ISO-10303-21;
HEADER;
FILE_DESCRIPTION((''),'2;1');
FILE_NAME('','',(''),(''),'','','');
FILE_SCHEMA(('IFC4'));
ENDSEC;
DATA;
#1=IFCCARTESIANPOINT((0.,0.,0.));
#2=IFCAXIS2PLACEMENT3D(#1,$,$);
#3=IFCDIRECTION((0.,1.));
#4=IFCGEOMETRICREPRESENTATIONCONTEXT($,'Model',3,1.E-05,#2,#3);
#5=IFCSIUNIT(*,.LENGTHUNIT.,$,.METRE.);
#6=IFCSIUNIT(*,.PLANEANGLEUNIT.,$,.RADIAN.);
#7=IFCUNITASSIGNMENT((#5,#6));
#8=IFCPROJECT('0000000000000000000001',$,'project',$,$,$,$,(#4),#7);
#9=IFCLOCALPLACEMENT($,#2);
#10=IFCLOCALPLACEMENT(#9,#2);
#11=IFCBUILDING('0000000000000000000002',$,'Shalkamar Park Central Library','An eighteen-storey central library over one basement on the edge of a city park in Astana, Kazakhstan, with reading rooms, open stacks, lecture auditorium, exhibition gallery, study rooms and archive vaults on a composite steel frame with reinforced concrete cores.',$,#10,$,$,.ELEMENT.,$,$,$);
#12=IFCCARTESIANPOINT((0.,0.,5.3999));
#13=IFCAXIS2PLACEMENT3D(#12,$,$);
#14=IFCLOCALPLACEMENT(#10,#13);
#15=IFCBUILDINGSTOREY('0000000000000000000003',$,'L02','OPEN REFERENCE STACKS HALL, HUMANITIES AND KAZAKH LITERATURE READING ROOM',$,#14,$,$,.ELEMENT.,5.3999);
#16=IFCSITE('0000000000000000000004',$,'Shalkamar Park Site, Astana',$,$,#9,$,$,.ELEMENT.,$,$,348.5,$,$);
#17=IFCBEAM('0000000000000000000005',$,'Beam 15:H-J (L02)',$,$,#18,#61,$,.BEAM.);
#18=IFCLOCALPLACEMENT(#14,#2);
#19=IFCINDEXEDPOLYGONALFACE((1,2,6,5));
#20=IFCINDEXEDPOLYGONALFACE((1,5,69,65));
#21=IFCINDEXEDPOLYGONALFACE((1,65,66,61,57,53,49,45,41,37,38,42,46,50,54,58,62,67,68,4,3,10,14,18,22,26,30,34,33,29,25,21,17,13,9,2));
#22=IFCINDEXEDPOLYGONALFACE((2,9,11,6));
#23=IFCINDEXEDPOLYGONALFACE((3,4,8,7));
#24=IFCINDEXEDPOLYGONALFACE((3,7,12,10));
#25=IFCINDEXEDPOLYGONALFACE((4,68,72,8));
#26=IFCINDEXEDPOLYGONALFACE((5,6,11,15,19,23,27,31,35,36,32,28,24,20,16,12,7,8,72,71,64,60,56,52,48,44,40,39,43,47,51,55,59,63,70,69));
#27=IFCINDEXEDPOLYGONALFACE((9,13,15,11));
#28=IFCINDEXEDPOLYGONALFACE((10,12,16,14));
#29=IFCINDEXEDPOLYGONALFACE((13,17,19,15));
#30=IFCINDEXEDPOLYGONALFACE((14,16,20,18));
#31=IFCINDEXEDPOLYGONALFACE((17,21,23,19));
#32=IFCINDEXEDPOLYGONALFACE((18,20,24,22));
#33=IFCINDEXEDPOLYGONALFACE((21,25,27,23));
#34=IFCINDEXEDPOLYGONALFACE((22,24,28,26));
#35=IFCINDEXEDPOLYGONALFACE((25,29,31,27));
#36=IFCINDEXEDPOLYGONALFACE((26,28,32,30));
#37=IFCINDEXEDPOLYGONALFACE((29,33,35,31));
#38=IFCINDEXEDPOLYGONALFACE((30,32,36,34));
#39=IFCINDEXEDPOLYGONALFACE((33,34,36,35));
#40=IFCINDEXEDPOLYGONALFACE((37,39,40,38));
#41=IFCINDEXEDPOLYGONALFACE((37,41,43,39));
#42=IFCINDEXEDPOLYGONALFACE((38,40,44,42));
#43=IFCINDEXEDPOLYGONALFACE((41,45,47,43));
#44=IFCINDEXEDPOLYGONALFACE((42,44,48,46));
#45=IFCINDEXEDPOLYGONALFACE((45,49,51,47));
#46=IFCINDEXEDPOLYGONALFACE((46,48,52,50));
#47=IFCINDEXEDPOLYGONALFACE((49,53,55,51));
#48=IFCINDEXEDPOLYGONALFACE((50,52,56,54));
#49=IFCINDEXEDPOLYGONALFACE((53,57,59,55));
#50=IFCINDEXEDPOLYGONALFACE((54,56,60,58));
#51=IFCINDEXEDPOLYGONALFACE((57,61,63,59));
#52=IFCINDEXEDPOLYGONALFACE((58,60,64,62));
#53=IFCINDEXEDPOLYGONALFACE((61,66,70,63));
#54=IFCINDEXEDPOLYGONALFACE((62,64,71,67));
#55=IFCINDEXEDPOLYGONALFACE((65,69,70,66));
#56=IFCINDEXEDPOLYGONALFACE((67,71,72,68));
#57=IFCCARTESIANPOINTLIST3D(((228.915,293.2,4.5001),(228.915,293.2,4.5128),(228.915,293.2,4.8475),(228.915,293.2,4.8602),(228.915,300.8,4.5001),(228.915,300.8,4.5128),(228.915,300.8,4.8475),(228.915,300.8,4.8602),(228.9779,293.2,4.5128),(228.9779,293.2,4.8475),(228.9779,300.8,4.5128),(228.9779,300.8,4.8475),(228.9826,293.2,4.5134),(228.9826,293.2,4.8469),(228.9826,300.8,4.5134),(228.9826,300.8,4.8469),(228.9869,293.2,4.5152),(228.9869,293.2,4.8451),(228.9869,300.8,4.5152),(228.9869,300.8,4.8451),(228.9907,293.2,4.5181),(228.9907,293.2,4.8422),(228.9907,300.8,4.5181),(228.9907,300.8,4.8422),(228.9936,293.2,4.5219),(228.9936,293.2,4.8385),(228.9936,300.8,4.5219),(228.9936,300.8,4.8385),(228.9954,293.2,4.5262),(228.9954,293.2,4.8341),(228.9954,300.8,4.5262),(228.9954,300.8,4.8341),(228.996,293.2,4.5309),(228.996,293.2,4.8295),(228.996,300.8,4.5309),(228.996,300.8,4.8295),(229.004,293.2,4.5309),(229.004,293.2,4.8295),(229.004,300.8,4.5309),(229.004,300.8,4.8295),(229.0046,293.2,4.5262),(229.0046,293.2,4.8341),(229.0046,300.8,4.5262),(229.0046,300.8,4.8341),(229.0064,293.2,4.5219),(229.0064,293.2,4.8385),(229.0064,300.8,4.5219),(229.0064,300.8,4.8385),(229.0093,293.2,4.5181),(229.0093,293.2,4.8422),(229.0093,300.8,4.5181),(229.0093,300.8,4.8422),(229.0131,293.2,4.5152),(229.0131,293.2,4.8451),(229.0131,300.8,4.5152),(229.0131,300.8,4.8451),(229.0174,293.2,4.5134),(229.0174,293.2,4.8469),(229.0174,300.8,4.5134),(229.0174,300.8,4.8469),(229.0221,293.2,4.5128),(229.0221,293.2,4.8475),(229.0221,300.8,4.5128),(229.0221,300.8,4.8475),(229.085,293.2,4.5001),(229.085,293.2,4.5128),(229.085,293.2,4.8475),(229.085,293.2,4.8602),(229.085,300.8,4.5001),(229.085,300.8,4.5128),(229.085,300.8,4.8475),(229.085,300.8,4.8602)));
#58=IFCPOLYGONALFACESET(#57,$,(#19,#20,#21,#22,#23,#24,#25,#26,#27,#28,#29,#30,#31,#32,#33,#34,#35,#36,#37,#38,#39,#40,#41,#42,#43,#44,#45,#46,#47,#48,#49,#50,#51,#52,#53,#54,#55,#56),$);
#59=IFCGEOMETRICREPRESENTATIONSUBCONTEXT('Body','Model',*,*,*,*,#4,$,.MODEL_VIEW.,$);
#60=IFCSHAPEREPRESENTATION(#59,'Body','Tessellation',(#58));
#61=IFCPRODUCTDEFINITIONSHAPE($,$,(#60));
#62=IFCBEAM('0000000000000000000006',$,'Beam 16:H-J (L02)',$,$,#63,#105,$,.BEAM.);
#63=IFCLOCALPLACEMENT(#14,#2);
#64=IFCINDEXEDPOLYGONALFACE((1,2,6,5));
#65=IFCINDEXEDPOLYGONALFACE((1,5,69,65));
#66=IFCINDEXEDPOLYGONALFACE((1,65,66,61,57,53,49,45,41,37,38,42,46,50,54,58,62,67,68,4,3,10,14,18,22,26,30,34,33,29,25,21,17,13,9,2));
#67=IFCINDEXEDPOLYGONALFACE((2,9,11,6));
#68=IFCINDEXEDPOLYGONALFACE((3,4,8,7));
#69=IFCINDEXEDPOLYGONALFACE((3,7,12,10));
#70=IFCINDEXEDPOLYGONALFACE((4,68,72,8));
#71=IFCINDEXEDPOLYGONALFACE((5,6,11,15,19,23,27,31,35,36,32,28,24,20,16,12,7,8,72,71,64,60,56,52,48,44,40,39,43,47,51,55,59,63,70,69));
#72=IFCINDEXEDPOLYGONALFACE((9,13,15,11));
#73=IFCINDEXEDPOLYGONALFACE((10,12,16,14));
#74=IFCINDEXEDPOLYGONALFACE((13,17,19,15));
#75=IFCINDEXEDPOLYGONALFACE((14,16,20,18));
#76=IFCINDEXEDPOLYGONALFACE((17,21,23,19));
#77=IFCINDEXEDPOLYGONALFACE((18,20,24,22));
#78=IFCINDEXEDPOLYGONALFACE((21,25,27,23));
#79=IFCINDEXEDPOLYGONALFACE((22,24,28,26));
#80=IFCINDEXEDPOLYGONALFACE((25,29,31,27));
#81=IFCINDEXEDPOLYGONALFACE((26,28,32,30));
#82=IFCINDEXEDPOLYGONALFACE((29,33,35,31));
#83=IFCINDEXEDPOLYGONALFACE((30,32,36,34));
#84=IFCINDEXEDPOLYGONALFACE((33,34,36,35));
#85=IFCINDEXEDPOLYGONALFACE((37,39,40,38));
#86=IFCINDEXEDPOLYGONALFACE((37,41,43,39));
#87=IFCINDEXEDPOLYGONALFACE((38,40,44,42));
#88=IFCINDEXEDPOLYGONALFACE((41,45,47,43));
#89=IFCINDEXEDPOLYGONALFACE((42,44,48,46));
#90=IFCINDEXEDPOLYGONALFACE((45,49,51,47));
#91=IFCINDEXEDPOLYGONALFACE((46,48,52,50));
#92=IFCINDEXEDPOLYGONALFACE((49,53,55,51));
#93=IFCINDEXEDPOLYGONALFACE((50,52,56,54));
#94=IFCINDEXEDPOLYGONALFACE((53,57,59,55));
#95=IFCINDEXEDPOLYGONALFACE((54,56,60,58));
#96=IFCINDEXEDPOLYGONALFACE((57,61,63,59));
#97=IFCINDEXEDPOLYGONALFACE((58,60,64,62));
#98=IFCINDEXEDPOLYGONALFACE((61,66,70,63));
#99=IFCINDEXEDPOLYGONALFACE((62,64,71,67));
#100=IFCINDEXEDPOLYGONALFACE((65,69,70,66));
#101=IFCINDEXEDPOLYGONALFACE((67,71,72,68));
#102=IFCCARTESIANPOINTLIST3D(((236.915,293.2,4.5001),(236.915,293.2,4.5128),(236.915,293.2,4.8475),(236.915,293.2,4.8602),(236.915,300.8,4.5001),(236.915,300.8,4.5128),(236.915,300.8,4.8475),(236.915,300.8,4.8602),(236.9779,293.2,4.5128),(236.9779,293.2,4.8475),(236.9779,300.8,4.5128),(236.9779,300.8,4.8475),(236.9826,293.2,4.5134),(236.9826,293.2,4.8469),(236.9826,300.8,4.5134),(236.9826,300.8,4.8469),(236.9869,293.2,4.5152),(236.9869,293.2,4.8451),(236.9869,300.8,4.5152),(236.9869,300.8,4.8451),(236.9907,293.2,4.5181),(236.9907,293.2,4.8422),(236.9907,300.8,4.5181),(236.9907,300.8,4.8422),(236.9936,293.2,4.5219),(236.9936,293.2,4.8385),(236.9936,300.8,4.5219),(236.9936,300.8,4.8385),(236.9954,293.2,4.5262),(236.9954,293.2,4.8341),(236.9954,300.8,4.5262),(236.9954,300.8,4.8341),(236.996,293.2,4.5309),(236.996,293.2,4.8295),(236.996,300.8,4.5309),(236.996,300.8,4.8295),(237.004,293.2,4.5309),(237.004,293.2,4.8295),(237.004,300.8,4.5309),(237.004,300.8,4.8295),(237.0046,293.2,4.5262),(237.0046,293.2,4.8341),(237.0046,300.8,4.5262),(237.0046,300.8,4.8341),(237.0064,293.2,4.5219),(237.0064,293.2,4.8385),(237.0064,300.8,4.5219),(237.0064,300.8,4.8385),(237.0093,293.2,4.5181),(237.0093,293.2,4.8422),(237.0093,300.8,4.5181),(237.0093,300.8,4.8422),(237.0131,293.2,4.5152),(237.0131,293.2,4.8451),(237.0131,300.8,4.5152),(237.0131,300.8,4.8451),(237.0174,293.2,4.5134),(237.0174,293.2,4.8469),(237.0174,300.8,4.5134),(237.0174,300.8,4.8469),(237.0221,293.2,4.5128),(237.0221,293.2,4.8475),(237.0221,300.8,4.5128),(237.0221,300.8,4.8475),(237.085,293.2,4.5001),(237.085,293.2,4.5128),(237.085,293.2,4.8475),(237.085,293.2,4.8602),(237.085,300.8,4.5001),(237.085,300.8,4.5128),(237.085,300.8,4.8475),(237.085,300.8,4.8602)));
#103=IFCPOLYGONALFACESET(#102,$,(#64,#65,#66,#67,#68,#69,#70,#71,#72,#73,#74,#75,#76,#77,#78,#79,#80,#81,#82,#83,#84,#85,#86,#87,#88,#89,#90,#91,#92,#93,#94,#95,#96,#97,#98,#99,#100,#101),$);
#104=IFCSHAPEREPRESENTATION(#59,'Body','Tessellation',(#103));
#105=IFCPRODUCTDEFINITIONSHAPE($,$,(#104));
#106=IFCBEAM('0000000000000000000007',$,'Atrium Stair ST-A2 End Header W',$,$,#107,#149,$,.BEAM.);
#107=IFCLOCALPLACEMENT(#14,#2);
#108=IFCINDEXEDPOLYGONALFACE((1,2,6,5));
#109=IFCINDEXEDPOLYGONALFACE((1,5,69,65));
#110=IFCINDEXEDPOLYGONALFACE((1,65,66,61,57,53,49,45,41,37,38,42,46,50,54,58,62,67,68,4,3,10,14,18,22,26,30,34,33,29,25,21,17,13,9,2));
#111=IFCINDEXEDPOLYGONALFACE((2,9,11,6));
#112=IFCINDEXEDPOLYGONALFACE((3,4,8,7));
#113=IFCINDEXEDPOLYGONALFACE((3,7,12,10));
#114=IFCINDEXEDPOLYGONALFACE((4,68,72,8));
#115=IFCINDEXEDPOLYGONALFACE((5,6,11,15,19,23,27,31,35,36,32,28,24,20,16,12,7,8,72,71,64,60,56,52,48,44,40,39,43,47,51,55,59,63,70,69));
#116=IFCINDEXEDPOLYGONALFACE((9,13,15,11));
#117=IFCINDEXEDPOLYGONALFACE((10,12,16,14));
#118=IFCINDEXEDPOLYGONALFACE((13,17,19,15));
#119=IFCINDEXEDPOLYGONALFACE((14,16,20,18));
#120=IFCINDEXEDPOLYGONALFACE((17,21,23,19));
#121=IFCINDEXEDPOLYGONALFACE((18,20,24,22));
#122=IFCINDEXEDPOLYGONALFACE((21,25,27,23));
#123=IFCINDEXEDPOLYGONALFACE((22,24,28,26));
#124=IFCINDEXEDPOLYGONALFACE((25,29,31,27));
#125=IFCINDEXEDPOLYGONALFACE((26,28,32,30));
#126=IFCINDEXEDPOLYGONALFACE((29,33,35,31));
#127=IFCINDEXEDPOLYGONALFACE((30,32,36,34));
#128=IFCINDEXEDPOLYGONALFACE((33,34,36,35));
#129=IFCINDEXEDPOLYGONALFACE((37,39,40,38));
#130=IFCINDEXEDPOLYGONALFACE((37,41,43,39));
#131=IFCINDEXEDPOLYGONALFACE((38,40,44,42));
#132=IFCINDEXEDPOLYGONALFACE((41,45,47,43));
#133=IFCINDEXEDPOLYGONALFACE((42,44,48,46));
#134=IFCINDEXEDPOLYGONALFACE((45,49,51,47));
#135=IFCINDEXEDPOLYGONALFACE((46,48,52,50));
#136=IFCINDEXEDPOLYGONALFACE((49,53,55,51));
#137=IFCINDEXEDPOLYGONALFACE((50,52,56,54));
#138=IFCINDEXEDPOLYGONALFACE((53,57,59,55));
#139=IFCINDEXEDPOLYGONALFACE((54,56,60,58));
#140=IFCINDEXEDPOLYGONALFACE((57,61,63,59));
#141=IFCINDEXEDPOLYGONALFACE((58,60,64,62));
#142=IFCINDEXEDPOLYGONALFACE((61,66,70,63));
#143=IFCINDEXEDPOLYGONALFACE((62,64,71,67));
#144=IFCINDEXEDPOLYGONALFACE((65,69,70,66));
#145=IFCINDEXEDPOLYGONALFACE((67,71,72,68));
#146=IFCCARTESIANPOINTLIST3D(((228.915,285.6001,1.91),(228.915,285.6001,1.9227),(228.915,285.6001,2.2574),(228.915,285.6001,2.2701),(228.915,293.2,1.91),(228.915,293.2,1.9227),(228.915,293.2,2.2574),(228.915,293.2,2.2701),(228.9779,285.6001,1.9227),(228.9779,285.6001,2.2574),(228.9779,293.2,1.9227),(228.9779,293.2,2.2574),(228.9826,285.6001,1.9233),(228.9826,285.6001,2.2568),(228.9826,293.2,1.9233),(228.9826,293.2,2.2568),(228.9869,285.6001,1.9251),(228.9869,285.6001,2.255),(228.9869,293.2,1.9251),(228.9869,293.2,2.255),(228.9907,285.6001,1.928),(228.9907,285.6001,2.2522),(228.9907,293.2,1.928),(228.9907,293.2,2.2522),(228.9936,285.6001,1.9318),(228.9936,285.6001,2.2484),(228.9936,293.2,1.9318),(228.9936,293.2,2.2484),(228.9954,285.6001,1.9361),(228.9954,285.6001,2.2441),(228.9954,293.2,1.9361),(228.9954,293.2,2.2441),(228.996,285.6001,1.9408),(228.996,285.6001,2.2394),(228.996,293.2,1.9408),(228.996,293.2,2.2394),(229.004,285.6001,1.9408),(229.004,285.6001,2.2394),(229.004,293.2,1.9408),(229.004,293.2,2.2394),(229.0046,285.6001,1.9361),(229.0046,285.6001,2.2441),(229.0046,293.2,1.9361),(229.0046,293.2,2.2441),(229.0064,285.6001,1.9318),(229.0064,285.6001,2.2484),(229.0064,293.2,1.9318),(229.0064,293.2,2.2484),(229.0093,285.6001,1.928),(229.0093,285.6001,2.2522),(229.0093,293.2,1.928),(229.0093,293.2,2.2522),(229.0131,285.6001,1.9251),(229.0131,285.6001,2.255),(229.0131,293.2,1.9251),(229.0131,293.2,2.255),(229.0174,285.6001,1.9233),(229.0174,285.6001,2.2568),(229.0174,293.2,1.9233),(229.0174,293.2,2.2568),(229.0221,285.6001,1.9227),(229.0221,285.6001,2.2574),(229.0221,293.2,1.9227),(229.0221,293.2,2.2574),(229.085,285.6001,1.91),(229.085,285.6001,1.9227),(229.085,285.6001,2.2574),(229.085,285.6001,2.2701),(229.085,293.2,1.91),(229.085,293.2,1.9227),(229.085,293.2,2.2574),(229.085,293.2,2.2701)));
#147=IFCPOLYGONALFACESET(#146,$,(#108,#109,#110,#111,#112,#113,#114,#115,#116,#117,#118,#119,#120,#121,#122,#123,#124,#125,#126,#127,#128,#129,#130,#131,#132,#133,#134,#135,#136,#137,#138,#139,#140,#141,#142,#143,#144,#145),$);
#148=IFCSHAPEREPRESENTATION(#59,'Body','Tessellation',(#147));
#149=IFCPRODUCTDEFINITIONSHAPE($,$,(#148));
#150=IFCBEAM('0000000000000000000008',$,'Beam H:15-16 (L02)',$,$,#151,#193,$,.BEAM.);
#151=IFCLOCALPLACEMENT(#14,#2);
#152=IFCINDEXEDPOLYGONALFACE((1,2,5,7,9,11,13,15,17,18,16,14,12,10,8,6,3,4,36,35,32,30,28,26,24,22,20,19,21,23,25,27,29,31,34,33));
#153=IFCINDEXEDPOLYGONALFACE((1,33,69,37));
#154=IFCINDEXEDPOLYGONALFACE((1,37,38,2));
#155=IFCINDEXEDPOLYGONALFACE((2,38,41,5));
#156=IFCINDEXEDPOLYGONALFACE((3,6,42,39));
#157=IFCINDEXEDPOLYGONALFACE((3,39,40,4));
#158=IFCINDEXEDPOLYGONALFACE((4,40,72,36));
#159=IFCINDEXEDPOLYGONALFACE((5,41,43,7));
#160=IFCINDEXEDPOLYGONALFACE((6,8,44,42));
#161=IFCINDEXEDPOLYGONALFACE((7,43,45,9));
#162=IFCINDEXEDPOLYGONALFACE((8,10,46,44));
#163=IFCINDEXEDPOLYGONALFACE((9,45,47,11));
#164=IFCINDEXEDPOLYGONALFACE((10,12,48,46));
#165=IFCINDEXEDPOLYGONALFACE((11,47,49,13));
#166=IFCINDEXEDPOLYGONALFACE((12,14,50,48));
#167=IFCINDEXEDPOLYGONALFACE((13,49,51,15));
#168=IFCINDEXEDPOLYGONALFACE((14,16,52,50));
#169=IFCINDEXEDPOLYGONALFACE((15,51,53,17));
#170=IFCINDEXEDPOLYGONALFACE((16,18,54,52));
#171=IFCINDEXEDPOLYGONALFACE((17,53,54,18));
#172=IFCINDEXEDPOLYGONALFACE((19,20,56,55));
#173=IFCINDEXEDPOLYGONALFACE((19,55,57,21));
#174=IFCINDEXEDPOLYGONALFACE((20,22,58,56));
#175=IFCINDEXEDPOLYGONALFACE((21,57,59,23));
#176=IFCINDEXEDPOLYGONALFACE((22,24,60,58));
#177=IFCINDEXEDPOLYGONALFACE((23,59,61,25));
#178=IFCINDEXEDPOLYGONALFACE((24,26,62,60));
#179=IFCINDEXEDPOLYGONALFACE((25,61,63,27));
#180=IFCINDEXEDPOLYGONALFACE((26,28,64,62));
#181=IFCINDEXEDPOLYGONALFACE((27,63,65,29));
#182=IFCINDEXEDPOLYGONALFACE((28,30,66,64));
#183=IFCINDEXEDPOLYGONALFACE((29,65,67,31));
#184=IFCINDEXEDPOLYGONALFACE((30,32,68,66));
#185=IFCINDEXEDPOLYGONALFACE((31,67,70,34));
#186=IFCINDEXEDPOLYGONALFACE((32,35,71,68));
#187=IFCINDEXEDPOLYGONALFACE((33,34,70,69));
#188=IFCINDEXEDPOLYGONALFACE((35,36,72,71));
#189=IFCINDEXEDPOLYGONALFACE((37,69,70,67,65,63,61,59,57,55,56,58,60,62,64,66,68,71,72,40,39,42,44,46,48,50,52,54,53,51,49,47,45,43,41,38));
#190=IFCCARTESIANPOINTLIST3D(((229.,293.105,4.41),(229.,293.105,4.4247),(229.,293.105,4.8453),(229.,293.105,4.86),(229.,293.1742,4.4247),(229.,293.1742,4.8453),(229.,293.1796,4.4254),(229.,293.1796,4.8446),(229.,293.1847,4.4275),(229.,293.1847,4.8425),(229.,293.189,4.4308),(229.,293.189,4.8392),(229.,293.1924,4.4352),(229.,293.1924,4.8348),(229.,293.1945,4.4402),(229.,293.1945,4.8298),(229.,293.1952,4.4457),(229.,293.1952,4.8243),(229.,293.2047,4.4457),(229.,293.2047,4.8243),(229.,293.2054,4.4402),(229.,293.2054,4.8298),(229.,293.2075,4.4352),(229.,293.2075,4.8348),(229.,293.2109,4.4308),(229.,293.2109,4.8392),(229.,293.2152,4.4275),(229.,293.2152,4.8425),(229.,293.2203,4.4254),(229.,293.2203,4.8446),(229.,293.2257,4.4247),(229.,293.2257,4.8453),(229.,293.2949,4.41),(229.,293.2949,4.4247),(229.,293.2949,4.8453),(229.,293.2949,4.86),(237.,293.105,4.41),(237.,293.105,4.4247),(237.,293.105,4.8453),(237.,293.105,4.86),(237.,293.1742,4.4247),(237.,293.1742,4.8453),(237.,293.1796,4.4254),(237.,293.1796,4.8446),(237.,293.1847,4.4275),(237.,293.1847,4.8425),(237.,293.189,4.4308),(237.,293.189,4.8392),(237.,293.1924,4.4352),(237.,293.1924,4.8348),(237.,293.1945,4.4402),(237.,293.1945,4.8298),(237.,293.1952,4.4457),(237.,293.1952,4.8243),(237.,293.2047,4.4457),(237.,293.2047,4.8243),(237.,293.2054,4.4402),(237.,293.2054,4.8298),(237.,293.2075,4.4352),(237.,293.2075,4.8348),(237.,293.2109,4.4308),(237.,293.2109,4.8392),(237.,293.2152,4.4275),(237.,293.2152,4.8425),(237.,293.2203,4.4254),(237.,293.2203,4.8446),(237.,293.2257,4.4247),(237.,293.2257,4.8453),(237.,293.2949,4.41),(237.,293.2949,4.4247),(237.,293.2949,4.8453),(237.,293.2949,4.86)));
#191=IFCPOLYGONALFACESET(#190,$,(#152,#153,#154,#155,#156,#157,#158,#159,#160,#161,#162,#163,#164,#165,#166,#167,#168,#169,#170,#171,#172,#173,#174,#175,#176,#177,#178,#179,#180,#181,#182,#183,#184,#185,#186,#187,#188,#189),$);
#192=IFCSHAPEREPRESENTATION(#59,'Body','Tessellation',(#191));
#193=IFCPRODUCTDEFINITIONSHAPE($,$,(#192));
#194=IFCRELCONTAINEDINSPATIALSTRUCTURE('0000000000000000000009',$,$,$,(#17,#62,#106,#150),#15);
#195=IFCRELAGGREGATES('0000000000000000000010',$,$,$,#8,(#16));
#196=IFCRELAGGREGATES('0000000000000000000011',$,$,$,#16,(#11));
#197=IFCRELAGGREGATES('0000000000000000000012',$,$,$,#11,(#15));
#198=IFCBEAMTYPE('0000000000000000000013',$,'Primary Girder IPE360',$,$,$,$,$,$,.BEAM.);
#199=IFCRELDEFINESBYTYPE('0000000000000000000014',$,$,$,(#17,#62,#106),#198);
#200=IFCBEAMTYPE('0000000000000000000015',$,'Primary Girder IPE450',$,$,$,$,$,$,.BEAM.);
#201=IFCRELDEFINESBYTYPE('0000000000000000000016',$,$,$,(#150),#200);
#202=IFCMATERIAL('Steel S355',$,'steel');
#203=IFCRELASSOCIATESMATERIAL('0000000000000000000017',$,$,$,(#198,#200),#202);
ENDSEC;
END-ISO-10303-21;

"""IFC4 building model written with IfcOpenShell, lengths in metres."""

from ifc_helpers import new_model, si_unit, direction, frame, origin, origin_2d, place, context, subcontext, project, spatial, i_section, extrude, material, material_profile, profile_set, type_object, element, save


model = new_model("IFC4")

# Units and contexts
model_context = context("Model", 3, precision=1e-05, world=origin(), true_north=direction((0.0, 1.0)))
body_context = subcontext(model_context, "Body", "Model", "MODEL_VIEW")
ifc_project = project(units=[si_unit("LENGTHUNIT", "METRE"), si_unit("PLANEANGLEUNIT", "RADIAN")], contexts=[model_context])

# Site, building, storey
site_placement = place(None, origin())
site = spatial("IfcSite", under=ifc_project, at=site_placement, Name="Shalkamar Park Site, Astana", CompositionType="ELEMENT", RefElevation=348.5)
building_placement = place(site_placement, origin())
building = spatial("IfcBuilding", under=site, at=building_placement, Name="Shalkamar Park Central Library", Description="An eighteen-storey central library over one basement on the edge of a city park in Astana, Kazakhstan, with reading rooms, open stacks, lecture auditorium, exhibition gallery, study rooms and archive vaults on a composite steel frame with reinforced concrete cores.", CompositionType="ELEMENT")
storey_placement = place(building_placement, frame((0.0, 0.0, 5.3999)))
storey = spatial("IfcBuildingStorey", under=building, at=storey_placement, Name="L02", Description="OPEN REFERENCE STACKS HALL, HUMANITIES AND KAZAKH LITERATURE READING ROOM", CompositionType="ELEMENT", Elevation=5.3999)

# Shared definitions
ifc_material_1 = material(Name="Steel S355", Category="steel")

# Beams
ifc_material_profile_1 = material_profile(ifc_material_1, i_section(OverallWidth=0.1699, OverallDepth=0.3601, WebThickness=0.0081, FlangeThickness=0.0127, FilletRadius=0.0181, at=origin_2d()), Name="IPE 360")
ifc_profile_set_1 = profile_set([ifc_material_profile_1], Name="Steel S355")
beam_type_1 = type_object("IfcBeamType", Name="Primary Girder IPE360", PredefinedType="BEAM", material=ifc_profile_set_1)
for number, where, z_axis, x_axis, name in (
    (1, (229.0, 293.2, 4.6802), (0.0, 1.0, 0.0), (-1.0, 0.0, 0.0), "Beam 15:H-J (L02)"),
    (2, (237.0, 293.2, 4.6802), (0.0, 1.0, 0.0), (-1.0, 0.0, 0.0), "Beam 16:H-J (L02)"),
):
    element("IfcBeam", number, at=place(storey_placement, frame(where, z_axis=z_axis, x_axis=x_axis)), inside=storey, type_object=beam_type_1, Name=name, PredefinedType="BEAM", context=body_context, shape_type="SweptSolid", body=[
        extrude(i_section(OverallWidth=0.1699, OverallDepth=0.3601, WebThickness=0.0081, FlangeThickness=0.0127, FilletRadius=0.0181, at=origin_2d()), origin(), (0.0, 0.0, 1.0), 7.6001),
    ])
beam_1_placement = place(storey_placement, frame((229.0, 285.6001, 2.0901), z_axis=(0.0, 1.0, 0.0), x_axis=(-1.0, 0.0, 0.0)))
element("IfcBeam", 3, at=beam_1_placement, inside=storey, type_object=beam_type_1, Name="Atrium Stair ST-A2 End Header W", PredefinedType="BEAM", context=body_context, shape_type="SweptSolid", body=[
    extrude(i_section(OverallWidth=0.1699, OverallDepth=0.3601, WebThickness=0.0081, FlangeThickness=0.0127, FilletRadius=0.0181, at=origin_2d()), origin(), (0.0, 0.0, 1.0), 7.5999),
])
ifc_material_profile_2 = material_profile(ifc_material_1, i_section(OverallWidth=0.1899, OverallDepth=0.45, WebThickness=0.0095, FlangeThickness=0.0146, FilletRadius=0.021, at=origin_2d()), Name="IPE 450")
ifc_profile_set_2 = profile_set([ifc_material_profile_2], Name="Steel S355")
beam_type_2 = type_object("IfcBeamType", Name="Primary Girder IPE450", PredefinedType="BEAM", material=ifc_profile_set_2)
beam_2_placement = place(storey_placement, frame((229.0, 293.2, 4.635), z_axis=(1.0, 0.0, 0.0), x_axis=(0.0, 1.0, 0.0)))
element("IfcBeam", 4, at=beam_2_placement, inside=storey, type_object=beam_type_2, Name="Beam H:15-16 (L02)", PredefinedType="BEAM", context=body_context, shape_type="SweptSolid", body=[
    extrude(i_section(OverallWidth=0.1899, OverallDepth=0.45, WebThickness=0.0095, FlangeThickness=0.0146, FilletRadius=0.021, at=origin_2d()), origin(), (0.0, 0.0, 1.0), 8.0),
])

save(model, "model.ifc")
